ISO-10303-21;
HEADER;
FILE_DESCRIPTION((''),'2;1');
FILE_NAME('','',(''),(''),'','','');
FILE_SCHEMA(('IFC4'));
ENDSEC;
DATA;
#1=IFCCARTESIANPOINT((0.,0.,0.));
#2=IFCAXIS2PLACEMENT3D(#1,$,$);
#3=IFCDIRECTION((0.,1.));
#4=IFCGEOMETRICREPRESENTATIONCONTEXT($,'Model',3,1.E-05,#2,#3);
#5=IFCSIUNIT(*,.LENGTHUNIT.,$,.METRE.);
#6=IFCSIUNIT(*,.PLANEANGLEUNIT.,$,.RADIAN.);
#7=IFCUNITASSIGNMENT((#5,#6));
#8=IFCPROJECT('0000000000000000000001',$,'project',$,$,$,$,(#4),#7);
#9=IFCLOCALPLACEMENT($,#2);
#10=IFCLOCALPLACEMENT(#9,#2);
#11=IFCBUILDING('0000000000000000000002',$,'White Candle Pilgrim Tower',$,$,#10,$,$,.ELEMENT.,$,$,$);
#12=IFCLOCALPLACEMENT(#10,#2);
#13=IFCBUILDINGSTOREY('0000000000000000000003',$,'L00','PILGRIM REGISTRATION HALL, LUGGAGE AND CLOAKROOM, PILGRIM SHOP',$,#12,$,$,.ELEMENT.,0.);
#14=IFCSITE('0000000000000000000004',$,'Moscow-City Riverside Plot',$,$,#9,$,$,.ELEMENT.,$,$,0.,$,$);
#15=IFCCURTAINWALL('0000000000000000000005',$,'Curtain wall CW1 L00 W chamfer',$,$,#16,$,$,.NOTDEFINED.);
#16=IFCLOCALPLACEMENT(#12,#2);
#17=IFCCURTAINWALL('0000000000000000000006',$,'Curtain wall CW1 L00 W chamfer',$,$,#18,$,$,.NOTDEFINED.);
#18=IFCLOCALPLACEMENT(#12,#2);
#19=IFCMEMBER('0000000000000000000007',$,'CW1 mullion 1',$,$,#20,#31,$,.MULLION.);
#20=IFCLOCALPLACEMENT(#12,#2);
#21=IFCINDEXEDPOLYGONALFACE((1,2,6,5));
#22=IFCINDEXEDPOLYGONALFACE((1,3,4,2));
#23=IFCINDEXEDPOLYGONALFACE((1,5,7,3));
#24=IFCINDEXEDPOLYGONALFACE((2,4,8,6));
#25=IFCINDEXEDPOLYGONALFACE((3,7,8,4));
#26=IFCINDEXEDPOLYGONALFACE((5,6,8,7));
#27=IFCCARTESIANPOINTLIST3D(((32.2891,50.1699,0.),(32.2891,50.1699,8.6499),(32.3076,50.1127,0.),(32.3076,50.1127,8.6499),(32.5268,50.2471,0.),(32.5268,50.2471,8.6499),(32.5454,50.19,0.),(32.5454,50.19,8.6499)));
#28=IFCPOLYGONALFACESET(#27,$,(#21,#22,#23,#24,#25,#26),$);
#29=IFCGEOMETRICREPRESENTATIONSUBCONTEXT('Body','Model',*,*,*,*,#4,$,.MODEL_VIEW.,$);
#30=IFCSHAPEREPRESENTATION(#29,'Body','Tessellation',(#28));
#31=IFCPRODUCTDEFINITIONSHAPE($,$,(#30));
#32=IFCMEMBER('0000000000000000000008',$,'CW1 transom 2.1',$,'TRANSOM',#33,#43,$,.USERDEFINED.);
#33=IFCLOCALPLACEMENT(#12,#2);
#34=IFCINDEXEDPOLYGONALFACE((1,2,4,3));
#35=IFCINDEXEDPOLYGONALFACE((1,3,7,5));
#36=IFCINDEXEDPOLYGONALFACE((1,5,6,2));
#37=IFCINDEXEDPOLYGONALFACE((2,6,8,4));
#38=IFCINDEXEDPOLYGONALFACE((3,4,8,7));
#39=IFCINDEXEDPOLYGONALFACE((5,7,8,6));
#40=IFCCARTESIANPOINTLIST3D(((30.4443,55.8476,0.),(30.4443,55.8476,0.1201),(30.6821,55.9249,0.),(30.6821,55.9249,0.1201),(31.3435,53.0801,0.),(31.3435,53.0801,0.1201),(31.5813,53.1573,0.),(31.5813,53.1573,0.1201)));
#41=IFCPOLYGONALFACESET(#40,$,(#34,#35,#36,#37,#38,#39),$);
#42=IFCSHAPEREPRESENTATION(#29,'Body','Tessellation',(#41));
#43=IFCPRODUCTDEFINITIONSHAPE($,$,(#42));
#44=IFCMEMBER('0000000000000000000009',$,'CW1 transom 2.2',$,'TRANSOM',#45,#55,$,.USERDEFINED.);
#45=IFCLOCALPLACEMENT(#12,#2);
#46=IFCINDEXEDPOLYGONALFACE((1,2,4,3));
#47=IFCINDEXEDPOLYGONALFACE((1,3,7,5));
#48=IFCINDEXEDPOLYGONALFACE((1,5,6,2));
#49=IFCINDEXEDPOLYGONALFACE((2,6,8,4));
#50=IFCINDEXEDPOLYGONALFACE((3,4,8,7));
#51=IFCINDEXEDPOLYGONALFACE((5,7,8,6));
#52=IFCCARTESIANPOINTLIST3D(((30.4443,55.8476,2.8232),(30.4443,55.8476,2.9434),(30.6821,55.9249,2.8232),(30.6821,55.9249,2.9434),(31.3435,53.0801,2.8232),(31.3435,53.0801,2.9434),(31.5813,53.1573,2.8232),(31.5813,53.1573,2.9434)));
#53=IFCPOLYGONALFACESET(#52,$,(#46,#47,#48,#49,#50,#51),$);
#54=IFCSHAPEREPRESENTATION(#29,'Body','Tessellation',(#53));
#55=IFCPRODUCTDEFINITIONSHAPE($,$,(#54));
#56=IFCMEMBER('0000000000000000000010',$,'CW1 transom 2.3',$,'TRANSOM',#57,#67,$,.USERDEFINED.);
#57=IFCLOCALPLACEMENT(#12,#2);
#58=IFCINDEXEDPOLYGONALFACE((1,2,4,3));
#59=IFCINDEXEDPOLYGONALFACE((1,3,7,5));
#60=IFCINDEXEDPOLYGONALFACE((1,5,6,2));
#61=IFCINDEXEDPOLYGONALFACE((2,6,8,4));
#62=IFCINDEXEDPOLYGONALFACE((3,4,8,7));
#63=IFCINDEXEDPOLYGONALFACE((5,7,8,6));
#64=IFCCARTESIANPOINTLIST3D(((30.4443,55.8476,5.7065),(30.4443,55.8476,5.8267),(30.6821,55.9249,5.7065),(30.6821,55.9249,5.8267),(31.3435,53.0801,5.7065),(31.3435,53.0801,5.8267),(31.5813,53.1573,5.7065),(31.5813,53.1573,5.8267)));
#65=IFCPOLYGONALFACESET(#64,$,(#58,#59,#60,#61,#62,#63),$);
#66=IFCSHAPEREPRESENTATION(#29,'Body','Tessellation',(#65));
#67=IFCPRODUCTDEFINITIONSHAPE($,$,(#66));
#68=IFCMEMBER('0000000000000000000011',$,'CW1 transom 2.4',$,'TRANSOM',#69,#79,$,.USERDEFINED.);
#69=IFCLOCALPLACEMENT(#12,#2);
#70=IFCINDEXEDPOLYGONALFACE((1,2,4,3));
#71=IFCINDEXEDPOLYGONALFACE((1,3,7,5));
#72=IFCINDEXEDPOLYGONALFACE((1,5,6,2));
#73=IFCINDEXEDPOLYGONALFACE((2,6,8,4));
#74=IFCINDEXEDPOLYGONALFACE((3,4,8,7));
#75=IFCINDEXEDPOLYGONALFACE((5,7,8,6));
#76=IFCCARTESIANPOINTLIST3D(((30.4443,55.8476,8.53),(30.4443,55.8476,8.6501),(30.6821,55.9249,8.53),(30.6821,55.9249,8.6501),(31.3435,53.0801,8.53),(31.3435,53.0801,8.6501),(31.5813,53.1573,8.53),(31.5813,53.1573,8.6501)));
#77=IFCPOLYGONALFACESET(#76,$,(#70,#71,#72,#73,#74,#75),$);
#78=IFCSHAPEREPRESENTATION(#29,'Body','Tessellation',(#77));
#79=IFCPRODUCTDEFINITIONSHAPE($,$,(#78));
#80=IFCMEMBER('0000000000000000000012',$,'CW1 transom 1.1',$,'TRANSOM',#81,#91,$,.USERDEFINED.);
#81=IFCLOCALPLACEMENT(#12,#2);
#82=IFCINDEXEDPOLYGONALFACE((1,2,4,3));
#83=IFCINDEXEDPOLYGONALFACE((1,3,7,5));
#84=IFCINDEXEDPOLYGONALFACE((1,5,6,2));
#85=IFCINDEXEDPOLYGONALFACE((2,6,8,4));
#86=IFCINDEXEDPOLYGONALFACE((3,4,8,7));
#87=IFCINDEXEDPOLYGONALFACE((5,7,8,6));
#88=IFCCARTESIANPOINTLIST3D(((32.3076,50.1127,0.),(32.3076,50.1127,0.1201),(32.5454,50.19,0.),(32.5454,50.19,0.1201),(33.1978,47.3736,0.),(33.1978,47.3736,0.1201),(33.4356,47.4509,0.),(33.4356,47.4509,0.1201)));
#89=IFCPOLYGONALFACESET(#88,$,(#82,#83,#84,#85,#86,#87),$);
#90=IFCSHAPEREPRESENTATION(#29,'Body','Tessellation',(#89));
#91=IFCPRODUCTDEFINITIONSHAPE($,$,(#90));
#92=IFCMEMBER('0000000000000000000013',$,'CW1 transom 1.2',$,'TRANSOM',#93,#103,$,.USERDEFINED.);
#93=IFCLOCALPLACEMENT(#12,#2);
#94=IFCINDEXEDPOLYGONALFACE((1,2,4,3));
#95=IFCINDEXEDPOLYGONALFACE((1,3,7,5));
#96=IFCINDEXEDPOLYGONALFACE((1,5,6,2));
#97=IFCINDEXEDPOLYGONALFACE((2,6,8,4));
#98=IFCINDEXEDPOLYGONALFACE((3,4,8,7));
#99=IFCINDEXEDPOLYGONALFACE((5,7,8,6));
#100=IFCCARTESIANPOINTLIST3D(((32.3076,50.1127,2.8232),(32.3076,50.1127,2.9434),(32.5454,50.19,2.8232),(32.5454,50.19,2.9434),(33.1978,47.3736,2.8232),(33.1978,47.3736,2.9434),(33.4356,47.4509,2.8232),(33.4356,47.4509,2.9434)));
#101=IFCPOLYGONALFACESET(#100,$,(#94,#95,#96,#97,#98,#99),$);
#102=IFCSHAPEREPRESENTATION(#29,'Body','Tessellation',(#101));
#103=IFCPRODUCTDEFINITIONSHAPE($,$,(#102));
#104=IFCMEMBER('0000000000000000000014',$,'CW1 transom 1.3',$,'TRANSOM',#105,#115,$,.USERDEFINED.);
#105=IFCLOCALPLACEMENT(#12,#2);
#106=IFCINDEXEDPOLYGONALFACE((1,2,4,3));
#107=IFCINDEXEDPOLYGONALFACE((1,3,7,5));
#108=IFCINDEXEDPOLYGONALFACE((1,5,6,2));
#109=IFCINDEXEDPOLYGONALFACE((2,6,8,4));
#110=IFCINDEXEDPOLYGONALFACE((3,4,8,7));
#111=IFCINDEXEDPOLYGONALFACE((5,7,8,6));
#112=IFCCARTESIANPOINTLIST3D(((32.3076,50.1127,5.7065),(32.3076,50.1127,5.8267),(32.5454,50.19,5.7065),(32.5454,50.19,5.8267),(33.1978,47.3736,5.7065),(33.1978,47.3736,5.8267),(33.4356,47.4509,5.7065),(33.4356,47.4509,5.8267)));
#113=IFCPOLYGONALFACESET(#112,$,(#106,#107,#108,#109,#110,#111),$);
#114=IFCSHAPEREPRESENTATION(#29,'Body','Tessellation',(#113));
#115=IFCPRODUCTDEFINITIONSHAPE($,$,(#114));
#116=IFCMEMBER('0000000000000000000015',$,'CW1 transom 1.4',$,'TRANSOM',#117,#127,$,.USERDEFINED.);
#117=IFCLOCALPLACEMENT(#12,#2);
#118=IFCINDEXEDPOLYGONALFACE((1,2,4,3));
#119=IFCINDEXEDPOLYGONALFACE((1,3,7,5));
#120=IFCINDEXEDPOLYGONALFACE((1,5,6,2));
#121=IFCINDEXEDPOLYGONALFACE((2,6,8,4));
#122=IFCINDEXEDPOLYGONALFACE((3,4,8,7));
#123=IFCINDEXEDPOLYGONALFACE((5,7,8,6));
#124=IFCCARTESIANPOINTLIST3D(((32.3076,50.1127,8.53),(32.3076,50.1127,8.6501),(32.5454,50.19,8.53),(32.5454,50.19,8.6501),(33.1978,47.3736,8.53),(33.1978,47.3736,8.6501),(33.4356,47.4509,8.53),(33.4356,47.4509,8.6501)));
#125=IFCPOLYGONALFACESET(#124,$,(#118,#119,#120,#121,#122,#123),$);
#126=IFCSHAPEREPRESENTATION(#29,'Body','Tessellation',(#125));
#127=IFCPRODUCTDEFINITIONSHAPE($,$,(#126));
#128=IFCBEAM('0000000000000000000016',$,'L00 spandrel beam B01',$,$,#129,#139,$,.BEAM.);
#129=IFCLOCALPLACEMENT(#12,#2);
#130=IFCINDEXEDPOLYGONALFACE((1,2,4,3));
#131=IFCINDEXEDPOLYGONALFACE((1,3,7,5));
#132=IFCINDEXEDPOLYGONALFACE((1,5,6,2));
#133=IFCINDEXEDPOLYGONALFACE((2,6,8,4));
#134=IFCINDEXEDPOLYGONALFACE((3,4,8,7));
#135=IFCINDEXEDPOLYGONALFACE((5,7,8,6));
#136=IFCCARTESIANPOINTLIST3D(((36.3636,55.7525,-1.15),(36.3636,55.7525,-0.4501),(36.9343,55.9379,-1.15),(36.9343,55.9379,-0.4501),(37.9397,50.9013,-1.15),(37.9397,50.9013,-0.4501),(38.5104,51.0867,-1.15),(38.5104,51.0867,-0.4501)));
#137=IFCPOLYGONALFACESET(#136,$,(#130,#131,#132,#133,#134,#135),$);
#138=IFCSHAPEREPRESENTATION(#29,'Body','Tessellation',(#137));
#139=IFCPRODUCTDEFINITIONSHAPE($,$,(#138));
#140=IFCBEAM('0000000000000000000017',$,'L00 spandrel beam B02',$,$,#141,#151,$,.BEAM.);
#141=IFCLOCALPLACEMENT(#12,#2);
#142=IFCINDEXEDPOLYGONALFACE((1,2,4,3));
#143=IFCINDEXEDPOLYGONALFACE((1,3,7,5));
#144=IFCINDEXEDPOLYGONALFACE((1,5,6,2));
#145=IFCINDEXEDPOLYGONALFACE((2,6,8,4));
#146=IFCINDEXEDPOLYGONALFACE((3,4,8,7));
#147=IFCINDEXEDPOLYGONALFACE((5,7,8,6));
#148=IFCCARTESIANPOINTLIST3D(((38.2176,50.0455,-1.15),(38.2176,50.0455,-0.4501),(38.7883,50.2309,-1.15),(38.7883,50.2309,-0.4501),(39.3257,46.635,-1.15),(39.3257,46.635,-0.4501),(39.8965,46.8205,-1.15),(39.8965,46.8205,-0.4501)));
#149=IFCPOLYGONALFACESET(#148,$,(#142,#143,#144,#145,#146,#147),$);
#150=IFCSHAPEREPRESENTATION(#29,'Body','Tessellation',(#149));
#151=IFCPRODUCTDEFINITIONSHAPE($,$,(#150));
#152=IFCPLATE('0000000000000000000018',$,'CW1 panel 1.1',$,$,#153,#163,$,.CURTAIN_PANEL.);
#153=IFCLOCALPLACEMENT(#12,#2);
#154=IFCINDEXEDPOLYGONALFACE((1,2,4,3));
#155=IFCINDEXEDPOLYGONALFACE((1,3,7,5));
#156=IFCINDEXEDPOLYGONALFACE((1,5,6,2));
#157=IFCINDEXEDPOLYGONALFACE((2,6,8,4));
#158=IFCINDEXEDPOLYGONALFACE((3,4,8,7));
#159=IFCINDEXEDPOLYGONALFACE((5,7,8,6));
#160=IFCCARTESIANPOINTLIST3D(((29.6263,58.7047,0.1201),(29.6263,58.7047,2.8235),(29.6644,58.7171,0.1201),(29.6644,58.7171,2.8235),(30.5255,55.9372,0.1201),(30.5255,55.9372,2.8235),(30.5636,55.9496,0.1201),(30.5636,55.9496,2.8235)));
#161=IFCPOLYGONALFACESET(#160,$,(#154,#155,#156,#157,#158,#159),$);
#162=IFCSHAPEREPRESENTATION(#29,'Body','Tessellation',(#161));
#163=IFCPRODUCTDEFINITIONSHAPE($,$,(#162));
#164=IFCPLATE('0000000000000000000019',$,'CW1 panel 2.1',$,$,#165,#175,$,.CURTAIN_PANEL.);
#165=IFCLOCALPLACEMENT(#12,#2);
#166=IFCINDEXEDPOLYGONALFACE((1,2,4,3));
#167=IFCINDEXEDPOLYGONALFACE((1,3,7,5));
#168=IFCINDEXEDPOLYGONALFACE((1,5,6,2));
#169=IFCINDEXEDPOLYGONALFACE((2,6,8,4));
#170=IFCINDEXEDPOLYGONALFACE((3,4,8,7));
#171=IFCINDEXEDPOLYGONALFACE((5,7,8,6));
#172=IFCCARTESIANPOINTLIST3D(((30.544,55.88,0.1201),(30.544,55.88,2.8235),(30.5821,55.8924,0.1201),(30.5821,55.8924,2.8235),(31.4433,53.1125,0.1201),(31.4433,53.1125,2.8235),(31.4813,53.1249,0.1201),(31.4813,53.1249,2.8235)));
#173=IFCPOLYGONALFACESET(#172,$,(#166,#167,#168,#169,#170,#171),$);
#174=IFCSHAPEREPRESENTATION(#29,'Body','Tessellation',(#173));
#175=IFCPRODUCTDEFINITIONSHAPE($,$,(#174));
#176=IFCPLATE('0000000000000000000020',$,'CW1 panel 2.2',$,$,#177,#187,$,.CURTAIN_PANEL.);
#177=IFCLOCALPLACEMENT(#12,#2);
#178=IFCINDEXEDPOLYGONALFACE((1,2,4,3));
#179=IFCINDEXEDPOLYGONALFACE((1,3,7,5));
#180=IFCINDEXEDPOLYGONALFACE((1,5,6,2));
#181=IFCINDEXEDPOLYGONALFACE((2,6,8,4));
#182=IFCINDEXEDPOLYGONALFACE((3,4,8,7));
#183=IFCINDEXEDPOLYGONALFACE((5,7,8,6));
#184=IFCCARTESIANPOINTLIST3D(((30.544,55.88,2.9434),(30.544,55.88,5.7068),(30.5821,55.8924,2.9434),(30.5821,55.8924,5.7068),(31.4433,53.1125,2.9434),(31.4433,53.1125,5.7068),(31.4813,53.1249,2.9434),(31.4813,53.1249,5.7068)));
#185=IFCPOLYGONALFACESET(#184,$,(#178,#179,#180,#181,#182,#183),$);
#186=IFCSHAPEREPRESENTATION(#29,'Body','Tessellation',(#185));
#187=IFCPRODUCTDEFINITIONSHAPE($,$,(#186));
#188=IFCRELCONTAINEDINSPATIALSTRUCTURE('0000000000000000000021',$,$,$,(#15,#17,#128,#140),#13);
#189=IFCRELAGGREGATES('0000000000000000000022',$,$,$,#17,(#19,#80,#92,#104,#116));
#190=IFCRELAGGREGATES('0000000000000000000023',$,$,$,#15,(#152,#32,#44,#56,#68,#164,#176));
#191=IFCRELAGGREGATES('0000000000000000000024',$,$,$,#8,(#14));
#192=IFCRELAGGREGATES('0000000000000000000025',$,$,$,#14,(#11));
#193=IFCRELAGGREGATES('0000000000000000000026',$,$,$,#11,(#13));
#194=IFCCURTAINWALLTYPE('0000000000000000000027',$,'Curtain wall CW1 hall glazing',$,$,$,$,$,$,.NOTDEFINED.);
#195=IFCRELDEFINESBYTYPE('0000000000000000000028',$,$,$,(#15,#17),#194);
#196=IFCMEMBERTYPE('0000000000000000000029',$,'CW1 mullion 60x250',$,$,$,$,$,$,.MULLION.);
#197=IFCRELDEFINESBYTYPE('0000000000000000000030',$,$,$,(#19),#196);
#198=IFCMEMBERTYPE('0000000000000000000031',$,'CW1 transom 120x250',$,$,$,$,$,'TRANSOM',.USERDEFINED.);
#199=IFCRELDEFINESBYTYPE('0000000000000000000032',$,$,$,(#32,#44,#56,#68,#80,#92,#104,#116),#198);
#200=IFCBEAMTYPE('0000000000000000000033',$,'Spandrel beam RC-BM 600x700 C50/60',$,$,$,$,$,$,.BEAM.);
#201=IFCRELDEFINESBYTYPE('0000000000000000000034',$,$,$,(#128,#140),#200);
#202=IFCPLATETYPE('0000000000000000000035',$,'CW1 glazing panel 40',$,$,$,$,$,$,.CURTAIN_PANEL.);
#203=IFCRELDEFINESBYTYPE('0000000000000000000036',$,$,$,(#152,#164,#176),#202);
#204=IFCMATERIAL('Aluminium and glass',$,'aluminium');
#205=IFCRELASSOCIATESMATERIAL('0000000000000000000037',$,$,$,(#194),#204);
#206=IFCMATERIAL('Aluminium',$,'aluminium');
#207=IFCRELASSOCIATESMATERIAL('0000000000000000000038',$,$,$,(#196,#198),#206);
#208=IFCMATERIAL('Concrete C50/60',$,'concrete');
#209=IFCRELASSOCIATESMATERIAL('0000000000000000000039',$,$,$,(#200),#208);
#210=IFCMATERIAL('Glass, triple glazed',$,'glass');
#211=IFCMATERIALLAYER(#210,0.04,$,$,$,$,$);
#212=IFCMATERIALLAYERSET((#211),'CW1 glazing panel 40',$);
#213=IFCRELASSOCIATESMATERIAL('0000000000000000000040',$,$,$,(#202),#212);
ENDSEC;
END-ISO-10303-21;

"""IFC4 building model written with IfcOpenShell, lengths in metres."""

from ifc_helpers import new_model, si_unit, direction, frame, origin, origin_2d, place, context, subcontext, project, spatial, rectangle, extrude, material, layer, layer_set, material_profile, profile_set, type_object, element, aggregate, save


model = new_model("IFC4")

# Units and contexts
model_context = context("Model", 3, precision=1e-05, world=origin(), true_north=direction((0.0, 1.0)))
body_context = subcontext(model_context, "Body", "Model", "MODEL_VIEW")
ifc_project = project(units=[si_unit("LENGTHUNIT", "METRE"), si_unit("PLANEANGLEUNIT", "RADIAN")], contexts=[model_context])

# Site, building, storey
site_placement = place(None, origin())
site = spatial("IfcSite", under=ifc_project, at=site_placement, Name="Moscow-City Riverside Plot", CompositionType="ELEMENT", RefElevation=0.0)
building_placement = place(site_placement, origin())
building = spatial("IfcBuilding", under=site, at=building_placement, Name="White Candle Pilgrim Tower", CompositionType="ELEMENT")
storey_placement = place(building_placement, origin())
storey = spatial("IfcBuildingStorey", under=building, at=storey_placement, Name="L00", Description="PILGRIM REGISTRATION HALL, LUGGAGE AND CLOAKROOM, PILGRIM SHOP", CompositionType="ELEMENT", Elevation=0.0)

# Curtain wall
ifc_material_1 = material(Name="Aluminium and glass", Category="aluminium")
curtain_wall_type = type_object("IfcCurtainWallType", Name="Curtain wall CW1 hall glazing", PredefinedType="NOTDEFINED", material=ifc_material_1)
curtain_wall_1_placement = place(storey_placement, origin())
curtain_wall_1 = element("IfcCurtainWall", 1, at=curtain_wall_1_placement, inside=storey, type_object=curtain_wall_type, Name="Curtain wall CW1 L00 W chamfer", PredefinedType="NOTDEFINED")
ifc_material_2 = material(Name="Aluminium", Category="aluminium")
ifc_material_profile_1 = material_profile(ifc_material_2, rectangle(XDim=0.25, YDim=0.0601, at=origin_2d()), Name="CW1 mullion 60x250")
ifc_profile_set_1 = profile_set([ifc_material_profile_1], Name="Aluminium")
member_type_1 = type_object("IfcMemberType", Name="CW1 mullion 60x250", PredefinedType="MULLION", material=ifc_profile_set_1)

# Curtain wall, member
curtain_wall_2_placement = place(storey_placement, origin())
curtain_wall_2 = element("IfcCurtainWall", 2, at=curtain_wall_2_placement, inside=storey, type_object=curtain_wall_type, Name="Curtain wall CW1 L00 W chamfer", PredefinedType="NOTDEFINED")
member_1_placement = place(storey_placement, frame((32.4172, 50.1799, 0.0), z_axis=(0.0, 0.0, 1.0), x_axis=(0.951057, 0.309017, 0.0)))
member_1 = element("IfcMember", 3, at=member_1_placement, type_object=member_type_1, Name="CW1 mullion 1", PredefinedType="MULLION", context=body_context, shape_type="SweptSolid", body=[
    extrude(rectangle(XDim=0.25, YDim=0.0601, at=origin_2d()), origin(), (0.0, 0.0, 1.0), 8.6499),
])

# Members
ifc_material_profile_2 = material_profile(ifc_material_2, rectangle(XDim=0.25, YDim=0.1201, at=origin_2d()), Name="CW1 transom 120x250")
ifc_profile_set_2 = profile_set([ifc_material_profile_2], Name="Aluminium")
member_type_2 = type_object("IfcMemberType", Name="CW1 transom 120x250", ElementType="TRANSOM", PredefinedType="USERDEFINED", material=ifc_profile_set_2)
member_2_placement = place(storey_placement, frame((30.5632, 55.8862, 0.0601), z_axis=(0.308995, -0.951064, 0.0), x_axis=(0.951064, 0.308995, 0.0)))
member_2 = element("IfcMember", 4, at=member_2_placement, type_object=member_type_2, Name="CW1 transom 2.1", ObjectType="TRANSOM", PredefinedType="USERDEFINED", context=body_context, shape_type="SweptSolid", body=[
    extrude(rectangle(XDim=0.25, YDim=0.1201, at=origin_2d()), origin(), (0.0, 0.0, 1.0), 2.9099),
])
member_3_placement = place(storey_placement, frame((30.5632, 55.8862, 2.8833), z_axis=(0.308995, -0.951064, 0.0), x_axis=(0.951064, 0.308995, 0.0)))
member_3 = element("IfcMember", 5, at=member_3_placement, type_object=member_type_2, Name="CW1 transom 2.2", ObjectType="TRANSOM", PredefinedType="USERDEFINED", context=body_context, shape_type="SweptSolid", body=[
    extrude(rectangle(XDim=0.25, YDim=0.1201, at=origin_2d()), origin(), (0.0, 0.0, 1.0), 2.9099),
])
member_4_placement = place(storey_placement, frame((30.5632, 55.8862, 5.7666), z_axis=(0.308995, -0.951064, 0.0), x_axis=(0.951064, 0.308995, 0.0)))
member_4 = element("IfcMember", 6, at=member_4_placement, type_object=member_type_2, Name="CW1 transom 2.3", ObjectType="TRANSOM", PredefinedType="USERDEFINED", context=body_context, shape_type="SweptSolid", body=[
    extrude(rectangle(XDim=0.25, YDim=0.1201, at=origin_2d()), origin(), (0.0, 0.0, 1.0), 2.9099),
])
member_5_placement = place(storey_placement, frame((30.5632, 55.8862, 8.5901), z_axis=(0.308995, -0.951064, 0.0), x_axis=(0.951064, 0.308995, 0.0)))
member_5 = element("IfcMember", 7, at=member_5_placement, type_object=member_type_2, Name="CW1 transom 2.4", ObjectType="TRANSOM", PredefinedType="USERDEFINED", context=body_context, shape_type="SweptSolid", body=[
    extrude(rectangle(XDim=0.25, YDim=0.1201, at=origin_2d()), origin(), (0.0, 0.0, 1.0), 2.9099),
])
member_6_placement = place(storey_placement, frame((32.4265, 50.1514, 0.0601), z_axis=(0.309073, -0.951038, 0.0), x_axis=(0.951038, 0.309073, 0.0)))
member_6 = element("IfcMember", 8, at=member_6_placement, type_object=member_type_2, Name="CW1 transom 1.1", ObjectType="TRANSOM", PredefinedType="USERDEFINED", context=body_context, shape_type="SweptSolid", body=[
    extrude(rectangle(XDim=0.25, YDim=0.1201, at=origin_2d()), origin(), (0.0, 0.0, 1.0), 2.8801),
])
member_7_placement = place(storey_placement, frame((32.4265, 50.1514, 2.8833), z_axis=(0.309073, -0.951038, 0.0), x_axis=(0.951038, 0.309073, 0.0)))
member_7 = element("IfcMember", 9, at=member_7_placement, type_object=member_type_2, Name="CW1 transom 1.2", ObjectType="TRANSOM", PredefinedType="USERDEFINED", context=body_context, shape_type="SweptSolid", body=[
    extrude(rectangle(XDim=0.25, YDim=0.1201, at=origin_2d()), origin(), (0.0, 0.0, 1.0), 2.8801),
])
member_8_placement = place(storey_placement, frame((32.4265, 50.1514, 5.7666), z_axis=(0.309073, -0.951038, 0.0), x_axis=(0.951038, 0.309073, 0.0)))
member_8 = element("IfcMember", 10, at=member_8_placement, type_object=member_type_2, Name="CW1 transom 1.3", ObjectType="TRANSOM", PredefinedType="USERDEFINED", context=body_context, shape_type="SweptSolid", body=[
    extrude(rectangle(XDim=0.25, YDim=0.1201, at=origin_2d()), origin(), (0.0, 0.0, 1.0), 2.8801),
])
member_9_placement = place(storey_placement, frame((32.4265, 50.1514, 8.5901), z_axis=(0.309073, -0.951038, 0.0), x_axis=(0.951038, 0.309073, 0.0)))
member_9 = element("IfcMember", 11, at=member_9_placement, type_object=member_type_2, Name="CW1 transom 1.4", ObjectType="TRANSOM", PredefinedType="USERDEFINED", context=body_context, shape_type="SweptSolid", body=[
    extrude(rectangle(XDim=0.25, YDim=0.1201, at=origin_2d()), origin(), (0.0, 0.0, 1.0), 2.8801),
])
aggregate(curtain_wall_2, [member_1, member_6, member_7, member_8, member_9])

# Beams
ifc_material_3 = material(Name="Concrete C50/60", Category="concrete")
ifc_material_profile_3 = material_profile(ifc_material_3, rectangle(XDim=0.6001, YDim=0.7, at=origin_2d()), Name="RC-BM 600x700")
ifc_profile_set_3 = profile_set([ifc_material_profile_3], Name="Concrete C50/60")
beam_type = type_object("IfcBeamType", Name="Spandrel beam RC-BM 600x700 C50/60", PredefinedType="BEAM", material=ifc_profile_set_3)
beam_1_placement = place(storey_placement, frame((36.6489, 55.8452, -0.8), z_axis=(0.308996, -0.951063, 0.0), x_axis=(0.951063, 0.308996, 0.0)))
element("IfcBeam", 12, at=beam_1_placement, inside=storey, type_object=beam_type, Name="L00 spandrel beam B01", PredefinedType="BEAM", context=body_context, shape_type="SweptSolid", body=[
    extrude(rectangle(XDim=0.6001, YDim=0.7, at=origin_2d()), origin(), (0.0, 0.0, 1.0), 5.1008),
])
beam_2_placement = place(storey_placement, frame((38.5029, 50.1382, -0.8), z_axis=(0.309029, -0.951053, 0.0), x_axis=(0.951053, 0.309029, 0.0)))
element("IfcBeam", 13, at=beam_2_placement, inside=storey, type_object=beam_type, Name="L00 spandrel beam B02", PredefinedType="BEAM", context=body_context, shape_type="SweptSolid", body=[
    extrude(rectangle(XDim=0.6001, YDim=0.7, at=origin_2d()), origin(), (0.0, 0.0, 1.0), 3.5859),
])

# Plates
ifc_material_4 = material(Name="Glass, triple glazed", Category="glass")
ifc_layer_1 = layer(ifc_material_4, 0.04)
ifc_layer_set_1 = layer_set([ifc_layer_1], Name="CW1 glazing panel 40")
plate_type = type_object("IfcPlateType", Name="CW1 glazing panel 40", PredefinedType="CURTAIN_PANEL", material=ifc_layer_set_1)
plate_1_placement = place(storey_placement, frame((30.095, 57.3271, 0.1201), z_axis=(0.0, 0.0, 1.0), x_axis=(0.309017, -0.951057, 0.0)))
plate_1 = element("IfcPlate", 14, at=plate_1_placement, type_object=plate_type, Name="CW1 panel 1.1", PredefinedType="CURTAIN_PANEL", context=body_context, shape_type="SweptSolid", body=[
    extrude(rectangle(XDim=2.9099, YDim=0.04, at=origin_2d()), origin(), (0.0, 0.0, 1.0), 2.7034),
])
plate_2_placement = place(storey_placement, frame((31.0127, 54.5024, 0.1201), z_axis=(0.0, 0.0, 1.0), x_axis=(0.309017, -0.951057, 0.0)))
plate_2 = element("IfcPlate", 15, at=plate_2_placement, type_object=plate_type, Name="CW1 panel 2.1", PredefinedType="CURTAIN_PANEL", context=body_context, shape_type="SweptSolid", body=[
    extrude(rectangle(XDim=2.9099, YDim=0.04, at=origin_2d()), origin(), (0.0, 0.0, 1.0), 2.7034),
])
plate_3_placement = place(storey_placement, frame((31.0127, 54.5024, 2.9434), z_axis=(0.0, 0.0, 1.0), x_axis=(0.309017, -0.951057, 0.0)))
plate_3 = element("IfcPlate", 16, at=plate_3_placement, type_object=plate_type, Name="CW1 panel 2.2", PredefinedType="CURTAIN_PANEL", context=body_context, shape_type="SweptSolid", body=[
    extrude(rectangle(XDim=2.9099, YDim=0.04, at=origin_2d()), origin(), (0.0, 0.0, 1.0), 2.7634),
])
aggregate(curtain_wall_1, [plate_1, member_2, member_3, member_4, member_5, plate_2, plate_3])

save(model, "model.ifc")
